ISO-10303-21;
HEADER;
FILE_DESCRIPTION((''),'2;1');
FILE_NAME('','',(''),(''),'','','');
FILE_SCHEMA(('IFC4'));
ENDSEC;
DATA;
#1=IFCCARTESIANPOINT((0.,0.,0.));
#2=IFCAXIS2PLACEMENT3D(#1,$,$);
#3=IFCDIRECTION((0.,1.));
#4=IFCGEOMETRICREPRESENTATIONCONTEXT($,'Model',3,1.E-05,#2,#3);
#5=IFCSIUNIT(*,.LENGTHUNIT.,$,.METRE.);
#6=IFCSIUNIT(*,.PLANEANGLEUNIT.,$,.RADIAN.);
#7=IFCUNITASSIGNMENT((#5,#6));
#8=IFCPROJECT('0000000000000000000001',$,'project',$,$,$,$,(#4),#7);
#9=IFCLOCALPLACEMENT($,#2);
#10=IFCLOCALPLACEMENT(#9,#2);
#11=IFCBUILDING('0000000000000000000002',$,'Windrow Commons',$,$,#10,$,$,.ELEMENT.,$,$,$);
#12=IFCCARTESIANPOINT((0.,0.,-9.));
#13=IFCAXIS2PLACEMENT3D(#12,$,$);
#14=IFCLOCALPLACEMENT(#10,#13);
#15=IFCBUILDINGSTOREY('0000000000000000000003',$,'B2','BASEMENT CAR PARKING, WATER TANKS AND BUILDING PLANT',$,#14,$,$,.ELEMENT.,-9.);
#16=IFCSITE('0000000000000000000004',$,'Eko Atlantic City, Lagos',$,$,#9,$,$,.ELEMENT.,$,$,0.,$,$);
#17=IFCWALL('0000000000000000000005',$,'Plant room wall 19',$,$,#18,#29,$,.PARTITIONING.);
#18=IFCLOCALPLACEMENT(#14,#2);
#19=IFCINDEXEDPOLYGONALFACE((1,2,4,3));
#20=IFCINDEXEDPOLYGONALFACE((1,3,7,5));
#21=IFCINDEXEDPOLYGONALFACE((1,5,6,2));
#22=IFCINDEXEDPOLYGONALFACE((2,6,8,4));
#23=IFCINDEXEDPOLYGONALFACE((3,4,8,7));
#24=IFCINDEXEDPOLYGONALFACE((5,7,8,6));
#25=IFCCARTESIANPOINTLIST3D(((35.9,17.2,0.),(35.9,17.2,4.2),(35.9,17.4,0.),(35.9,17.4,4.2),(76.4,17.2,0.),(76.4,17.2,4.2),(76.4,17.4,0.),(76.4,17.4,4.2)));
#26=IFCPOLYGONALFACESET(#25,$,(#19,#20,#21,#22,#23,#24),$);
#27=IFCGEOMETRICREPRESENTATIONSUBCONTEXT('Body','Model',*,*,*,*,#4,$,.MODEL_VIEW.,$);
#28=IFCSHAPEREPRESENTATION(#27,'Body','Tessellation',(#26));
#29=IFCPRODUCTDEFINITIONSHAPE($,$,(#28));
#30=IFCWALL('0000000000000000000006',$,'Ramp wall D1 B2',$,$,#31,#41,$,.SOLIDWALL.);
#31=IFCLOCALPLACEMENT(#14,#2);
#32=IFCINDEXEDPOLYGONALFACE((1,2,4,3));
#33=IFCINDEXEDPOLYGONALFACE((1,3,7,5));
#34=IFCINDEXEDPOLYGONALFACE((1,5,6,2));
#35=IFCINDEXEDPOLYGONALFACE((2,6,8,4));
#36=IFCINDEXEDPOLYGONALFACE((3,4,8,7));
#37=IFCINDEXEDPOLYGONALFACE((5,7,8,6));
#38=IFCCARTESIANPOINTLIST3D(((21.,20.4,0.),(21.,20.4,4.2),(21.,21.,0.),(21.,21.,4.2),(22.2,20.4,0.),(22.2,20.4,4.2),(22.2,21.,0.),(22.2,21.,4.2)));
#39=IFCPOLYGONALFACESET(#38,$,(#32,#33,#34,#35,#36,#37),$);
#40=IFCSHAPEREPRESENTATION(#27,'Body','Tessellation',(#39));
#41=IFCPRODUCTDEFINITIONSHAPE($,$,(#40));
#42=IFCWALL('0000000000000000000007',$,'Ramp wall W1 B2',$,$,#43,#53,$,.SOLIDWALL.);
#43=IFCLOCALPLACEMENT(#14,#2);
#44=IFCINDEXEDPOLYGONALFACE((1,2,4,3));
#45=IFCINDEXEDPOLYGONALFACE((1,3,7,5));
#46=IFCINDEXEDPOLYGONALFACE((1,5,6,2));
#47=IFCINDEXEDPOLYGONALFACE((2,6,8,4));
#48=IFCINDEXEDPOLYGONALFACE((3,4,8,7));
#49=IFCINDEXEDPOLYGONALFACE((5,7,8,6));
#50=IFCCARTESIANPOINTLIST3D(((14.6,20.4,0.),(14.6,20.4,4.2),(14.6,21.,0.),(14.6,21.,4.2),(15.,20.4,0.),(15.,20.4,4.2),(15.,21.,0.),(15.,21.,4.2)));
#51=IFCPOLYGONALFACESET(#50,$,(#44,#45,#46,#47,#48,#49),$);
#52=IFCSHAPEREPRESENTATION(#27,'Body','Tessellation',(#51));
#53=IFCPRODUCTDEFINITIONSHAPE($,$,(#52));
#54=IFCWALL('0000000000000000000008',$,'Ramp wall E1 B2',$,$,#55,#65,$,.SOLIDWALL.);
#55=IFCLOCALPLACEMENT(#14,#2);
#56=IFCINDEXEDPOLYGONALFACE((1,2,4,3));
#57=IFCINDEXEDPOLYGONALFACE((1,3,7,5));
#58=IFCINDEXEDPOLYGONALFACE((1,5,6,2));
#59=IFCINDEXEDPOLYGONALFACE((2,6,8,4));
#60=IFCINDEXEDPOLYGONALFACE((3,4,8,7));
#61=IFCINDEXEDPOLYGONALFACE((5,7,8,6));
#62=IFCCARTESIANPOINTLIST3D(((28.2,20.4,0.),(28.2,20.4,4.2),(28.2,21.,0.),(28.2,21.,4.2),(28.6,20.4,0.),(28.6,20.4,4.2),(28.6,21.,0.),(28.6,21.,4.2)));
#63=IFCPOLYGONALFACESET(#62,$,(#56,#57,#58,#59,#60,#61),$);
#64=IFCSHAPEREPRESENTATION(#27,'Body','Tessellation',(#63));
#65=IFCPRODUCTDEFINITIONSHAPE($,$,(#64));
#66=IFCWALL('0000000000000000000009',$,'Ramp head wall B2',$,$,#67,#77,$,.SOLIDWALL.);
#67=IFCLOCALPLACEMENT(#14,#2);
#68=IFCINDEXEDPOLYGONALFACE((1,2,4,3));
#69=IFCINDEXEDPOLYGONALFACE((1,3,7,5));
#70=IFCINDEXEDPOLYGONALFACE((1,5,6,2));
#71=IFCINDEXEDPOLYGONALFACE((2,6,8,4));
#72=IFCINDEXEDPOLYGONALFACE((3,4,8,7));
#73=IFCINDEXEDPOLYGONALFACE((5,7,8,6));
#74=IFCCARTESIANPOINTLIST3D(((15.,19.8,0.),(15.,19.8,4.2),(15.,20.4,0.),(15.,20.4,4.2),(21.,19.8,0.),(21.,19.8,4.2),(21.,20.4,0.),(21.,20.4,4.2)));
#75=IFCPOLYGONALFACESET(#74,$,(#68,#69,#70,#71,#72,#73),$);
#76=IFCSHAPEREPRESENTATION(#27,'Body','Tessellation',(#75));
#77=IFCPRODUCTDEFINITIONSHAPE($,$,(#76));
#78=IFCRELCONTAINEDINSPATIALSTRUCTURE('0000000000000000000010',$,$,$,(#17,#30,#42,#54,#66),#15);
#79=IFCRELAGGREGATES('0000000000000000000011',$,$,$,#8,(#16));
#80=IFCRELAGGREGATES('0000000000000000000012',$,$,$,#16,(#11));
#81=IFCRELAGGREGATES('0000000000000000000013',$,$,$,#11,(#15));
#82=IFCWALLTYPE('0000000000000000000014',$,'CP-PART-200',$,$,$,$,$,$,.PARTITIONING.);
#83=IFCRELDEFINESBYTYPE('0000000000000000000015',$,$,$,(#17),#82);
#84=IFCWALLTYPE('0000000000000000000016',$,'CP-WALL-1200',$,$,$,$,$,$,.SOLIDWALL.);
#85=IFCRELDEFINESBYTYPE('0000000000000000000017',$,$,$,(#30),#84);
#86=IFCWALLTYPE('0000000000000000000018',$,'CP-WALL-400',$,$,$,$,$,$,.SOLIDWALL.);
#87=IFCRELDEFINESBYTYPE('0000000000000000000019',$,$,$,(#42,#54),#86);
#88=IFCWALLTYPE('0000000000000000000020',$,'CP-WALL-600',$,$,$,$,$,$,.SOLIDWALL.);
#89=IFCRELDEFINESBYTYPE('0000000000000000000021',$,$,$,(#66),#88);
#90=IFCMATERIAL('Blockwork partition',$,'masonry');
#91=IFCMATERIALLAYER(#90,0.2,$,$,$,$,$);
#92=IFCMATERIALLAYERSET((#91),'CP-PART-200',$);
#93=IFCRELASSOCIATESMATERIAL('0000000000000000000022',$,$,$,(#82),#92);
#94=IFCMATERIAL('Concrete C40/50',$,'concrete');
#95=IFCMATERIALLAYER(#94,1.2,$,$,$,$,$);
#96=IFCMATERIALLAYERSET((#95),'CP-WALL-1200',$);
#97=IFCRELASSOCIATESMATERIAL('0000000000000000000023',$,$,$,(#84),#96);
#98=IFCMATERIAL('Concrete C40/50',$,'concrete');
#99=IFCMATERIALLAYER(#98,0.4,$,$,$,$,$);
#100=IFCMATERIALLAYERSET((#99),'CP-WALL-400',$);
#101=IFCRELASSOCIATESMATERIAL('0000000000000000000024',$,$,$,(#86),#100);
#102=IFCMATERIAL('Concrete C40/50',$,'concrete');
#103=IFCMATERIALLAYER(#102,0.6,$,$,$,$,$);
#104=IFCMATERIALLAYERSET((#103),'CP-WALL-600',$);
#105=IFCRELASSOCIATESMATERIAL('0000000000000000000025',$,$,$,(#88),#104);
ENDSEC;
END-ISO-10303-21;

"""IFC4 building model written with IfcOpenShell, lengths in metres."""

from ifc_helpers import new_model, si_unit, direction, frame, frame_2d, origin, place, context, subcontext, project, spatial, rectangle, extrude, material, layer, layer_set, type_object, element, save


model = new_model("IFC4")

# Units and contexts
model_context = context("Model", 3, precision=1e-05, world=origin(), true_north=direction((0.0, 1.0)))
body_context = subcontext(model_context, "Body", "Model", "MODEL_VIEW")
ifc_project = project(units=[si_unit("LENGTHUNIT", "METRE"), si_unit("PLANEANGLEUNIT", "RADIAN")], contexts=[model_context])

# Site, building, storey
site_placement = place(None, origin())
site = spatial("IfcSite", under=ifc_project, at=site_placement, Name="Eko Atlantic City, Lagos", CompositionType="ELEMENT", RefElevation=0.0)
building_placement = place(site_placement, origin())
building = spatial("IfcBuilding", under=site, at=building_placement, Name="Windrow Commons", CompositionType="ELEMENT")
storey_placement = place(building_placement, frame((0.0, 0.0, -9.0)))
storey = spatial("IfcBuildingStorey", under=building, at=storey_placement, Name="B2", Description="BASEMENT CAR PARKING, WATER TANKS AND BUILDING PLANT", CompositionType="ELEMENT", Elevation=-9.0)

# Shared definitions
ifc_material_1 = material(Name="Blockwork partition", Category="masonry")
ifc_layer_1 = layer(ifc_material_1, 0.2)
ifc_layer_set_1 = layer_set([ifc_layer_1], Name="CP-PART-200")
wall_type_1 = type_object("IfcWallType", Name="CP-PART-200", PredefinedType="PARTITIONING", material=ifc_layer_set_1)

# Walls
wall_1_placement = place(storey_placement, frame((35.9, 17.3, 0.0), z_axis=(0.0, 0.0, 1.0), x_axis=(1.0, 0.0, 0.0)))
element("IfcWall", 1, at=wall_1_placement, inside=storey, type_object=wall_type_1, Name="Plant room wall 19", PredefinedType="PARTITIONING", context=body_context, shape_type="SweptSolid", body=[
    extrude(rectangle(XDim=40.5, YDim=0.2, at=frame_2d((20.25, 0.0))), origin(), (0.0, 0.0, 1.0), 4.2),
])
ifc_material_2 = material(Name="Concrete C40/50", Category="concrete")
ifc_layer_2 = layer(ifc_material_2, 1.2)
ifc_layer_set_2 = layer_set([ifc_layer_2], Name="CP-WALL-1200")
wall_type_2 = type_object("IfcWallType", Name="CP-WALL-1200", PredefinedType="SOLIDWALL", material=ifc_layer_set_2)
wall_2_placement = place(storey_placement, frame((21.6, 20.4, 0.0), z_axis=(0.0, 0.0, 1.0), x_axis=(0.0, 1.0, 0.0)))
element("IfcWall", 2, at=wall_2_placement, inside=storey, type_object=wall_type_2, Name="Ramp wall D1 B2", PredefinedType="SOLIDWALL", context=body_context, shape_type="SweptSolid", body=[
    extrude(rectangle(XDim=0.6, YDim=1.2, at=frame_2d((0.3, 0.0))), origin(), (0.0, 0.0, 1.0), 4.2),
])
ifc_material_3 = material(Name="Concrete C40/50", Category="concrete")
ifc_layer_3 = layer(ifc_material_3, 0.4)
ifc_layer_set_3 = layer_set([ifc_layer_3], Name="CP-WALL-400")
wall_type_3 = type_object("IfcWallType", Name="CP-WALL-400", PredefinedType="SOLIDWALL", material=ifc_layer_set_3)
for number, where, z_axis, x_axis, name in (
    (3, (14.8, 20.4, 0.0), (0.0, 0.0, 1.0), (0.0, 1.0, 0.0), "Ramp wall W1 B2"),
    (4, (28.4, 20.4, 0.0), (0.0, 0.0, 1.0), (0.0, 1.0, 0.0), "Ramp wall E1 B2"),
):
    element("IfcWall", number, at=place(storey_placement, frame(where, z_axis=z_axis, x_axis=x_axis)), inside=storey, type_object=wall_type_3, Name=name, PredefinedType="SOLIDWALL", context=body_context, shape_type="SweptSolid", body=[
        extrude(rectangle(XDim=0.6, YDim=0.4, at=frame_2d((0.3, 0.0))), origin(), (0.0, 0.0, 1.0), 4.2),
    ])
ifc_material_4 = material(Name="Concrete C40/50", Category="concrete")
ifc_layer_4 = layer(ifc_material_4, 0.6)
ifc_layer_set_4 = layer_set([ifc_layer_4], Name="CP-WALL-600")
wall_type_4 = type_object("IfcWallType", Name="CP-WALL-600", PredefinedType="SOLIDWALL", material=ifc_layer_set_4)
wall_3_placement = place(storey_placement, frame((15.0, 20.1, 0.0), z_axis=(0.0, 0.0, 1.0), x_axis=(1.0, 0.0, 0.0)))
element("IfcWall", 5, at=wall_3_placement, inside=storey, type_object=wall_type_4, Name="Ramp head wall B2", PredefinedType="SOLIDWALL", context=body_context, shape_type="SweptSolid", body=[
    extrude(rectangle(XDim=6.0, YDim=0.6, at=frame_2d((3.0, 0.0))), origin(), (0.0, 0.0, 1.0), 4.2),
])

save(model, "model.ifc")
